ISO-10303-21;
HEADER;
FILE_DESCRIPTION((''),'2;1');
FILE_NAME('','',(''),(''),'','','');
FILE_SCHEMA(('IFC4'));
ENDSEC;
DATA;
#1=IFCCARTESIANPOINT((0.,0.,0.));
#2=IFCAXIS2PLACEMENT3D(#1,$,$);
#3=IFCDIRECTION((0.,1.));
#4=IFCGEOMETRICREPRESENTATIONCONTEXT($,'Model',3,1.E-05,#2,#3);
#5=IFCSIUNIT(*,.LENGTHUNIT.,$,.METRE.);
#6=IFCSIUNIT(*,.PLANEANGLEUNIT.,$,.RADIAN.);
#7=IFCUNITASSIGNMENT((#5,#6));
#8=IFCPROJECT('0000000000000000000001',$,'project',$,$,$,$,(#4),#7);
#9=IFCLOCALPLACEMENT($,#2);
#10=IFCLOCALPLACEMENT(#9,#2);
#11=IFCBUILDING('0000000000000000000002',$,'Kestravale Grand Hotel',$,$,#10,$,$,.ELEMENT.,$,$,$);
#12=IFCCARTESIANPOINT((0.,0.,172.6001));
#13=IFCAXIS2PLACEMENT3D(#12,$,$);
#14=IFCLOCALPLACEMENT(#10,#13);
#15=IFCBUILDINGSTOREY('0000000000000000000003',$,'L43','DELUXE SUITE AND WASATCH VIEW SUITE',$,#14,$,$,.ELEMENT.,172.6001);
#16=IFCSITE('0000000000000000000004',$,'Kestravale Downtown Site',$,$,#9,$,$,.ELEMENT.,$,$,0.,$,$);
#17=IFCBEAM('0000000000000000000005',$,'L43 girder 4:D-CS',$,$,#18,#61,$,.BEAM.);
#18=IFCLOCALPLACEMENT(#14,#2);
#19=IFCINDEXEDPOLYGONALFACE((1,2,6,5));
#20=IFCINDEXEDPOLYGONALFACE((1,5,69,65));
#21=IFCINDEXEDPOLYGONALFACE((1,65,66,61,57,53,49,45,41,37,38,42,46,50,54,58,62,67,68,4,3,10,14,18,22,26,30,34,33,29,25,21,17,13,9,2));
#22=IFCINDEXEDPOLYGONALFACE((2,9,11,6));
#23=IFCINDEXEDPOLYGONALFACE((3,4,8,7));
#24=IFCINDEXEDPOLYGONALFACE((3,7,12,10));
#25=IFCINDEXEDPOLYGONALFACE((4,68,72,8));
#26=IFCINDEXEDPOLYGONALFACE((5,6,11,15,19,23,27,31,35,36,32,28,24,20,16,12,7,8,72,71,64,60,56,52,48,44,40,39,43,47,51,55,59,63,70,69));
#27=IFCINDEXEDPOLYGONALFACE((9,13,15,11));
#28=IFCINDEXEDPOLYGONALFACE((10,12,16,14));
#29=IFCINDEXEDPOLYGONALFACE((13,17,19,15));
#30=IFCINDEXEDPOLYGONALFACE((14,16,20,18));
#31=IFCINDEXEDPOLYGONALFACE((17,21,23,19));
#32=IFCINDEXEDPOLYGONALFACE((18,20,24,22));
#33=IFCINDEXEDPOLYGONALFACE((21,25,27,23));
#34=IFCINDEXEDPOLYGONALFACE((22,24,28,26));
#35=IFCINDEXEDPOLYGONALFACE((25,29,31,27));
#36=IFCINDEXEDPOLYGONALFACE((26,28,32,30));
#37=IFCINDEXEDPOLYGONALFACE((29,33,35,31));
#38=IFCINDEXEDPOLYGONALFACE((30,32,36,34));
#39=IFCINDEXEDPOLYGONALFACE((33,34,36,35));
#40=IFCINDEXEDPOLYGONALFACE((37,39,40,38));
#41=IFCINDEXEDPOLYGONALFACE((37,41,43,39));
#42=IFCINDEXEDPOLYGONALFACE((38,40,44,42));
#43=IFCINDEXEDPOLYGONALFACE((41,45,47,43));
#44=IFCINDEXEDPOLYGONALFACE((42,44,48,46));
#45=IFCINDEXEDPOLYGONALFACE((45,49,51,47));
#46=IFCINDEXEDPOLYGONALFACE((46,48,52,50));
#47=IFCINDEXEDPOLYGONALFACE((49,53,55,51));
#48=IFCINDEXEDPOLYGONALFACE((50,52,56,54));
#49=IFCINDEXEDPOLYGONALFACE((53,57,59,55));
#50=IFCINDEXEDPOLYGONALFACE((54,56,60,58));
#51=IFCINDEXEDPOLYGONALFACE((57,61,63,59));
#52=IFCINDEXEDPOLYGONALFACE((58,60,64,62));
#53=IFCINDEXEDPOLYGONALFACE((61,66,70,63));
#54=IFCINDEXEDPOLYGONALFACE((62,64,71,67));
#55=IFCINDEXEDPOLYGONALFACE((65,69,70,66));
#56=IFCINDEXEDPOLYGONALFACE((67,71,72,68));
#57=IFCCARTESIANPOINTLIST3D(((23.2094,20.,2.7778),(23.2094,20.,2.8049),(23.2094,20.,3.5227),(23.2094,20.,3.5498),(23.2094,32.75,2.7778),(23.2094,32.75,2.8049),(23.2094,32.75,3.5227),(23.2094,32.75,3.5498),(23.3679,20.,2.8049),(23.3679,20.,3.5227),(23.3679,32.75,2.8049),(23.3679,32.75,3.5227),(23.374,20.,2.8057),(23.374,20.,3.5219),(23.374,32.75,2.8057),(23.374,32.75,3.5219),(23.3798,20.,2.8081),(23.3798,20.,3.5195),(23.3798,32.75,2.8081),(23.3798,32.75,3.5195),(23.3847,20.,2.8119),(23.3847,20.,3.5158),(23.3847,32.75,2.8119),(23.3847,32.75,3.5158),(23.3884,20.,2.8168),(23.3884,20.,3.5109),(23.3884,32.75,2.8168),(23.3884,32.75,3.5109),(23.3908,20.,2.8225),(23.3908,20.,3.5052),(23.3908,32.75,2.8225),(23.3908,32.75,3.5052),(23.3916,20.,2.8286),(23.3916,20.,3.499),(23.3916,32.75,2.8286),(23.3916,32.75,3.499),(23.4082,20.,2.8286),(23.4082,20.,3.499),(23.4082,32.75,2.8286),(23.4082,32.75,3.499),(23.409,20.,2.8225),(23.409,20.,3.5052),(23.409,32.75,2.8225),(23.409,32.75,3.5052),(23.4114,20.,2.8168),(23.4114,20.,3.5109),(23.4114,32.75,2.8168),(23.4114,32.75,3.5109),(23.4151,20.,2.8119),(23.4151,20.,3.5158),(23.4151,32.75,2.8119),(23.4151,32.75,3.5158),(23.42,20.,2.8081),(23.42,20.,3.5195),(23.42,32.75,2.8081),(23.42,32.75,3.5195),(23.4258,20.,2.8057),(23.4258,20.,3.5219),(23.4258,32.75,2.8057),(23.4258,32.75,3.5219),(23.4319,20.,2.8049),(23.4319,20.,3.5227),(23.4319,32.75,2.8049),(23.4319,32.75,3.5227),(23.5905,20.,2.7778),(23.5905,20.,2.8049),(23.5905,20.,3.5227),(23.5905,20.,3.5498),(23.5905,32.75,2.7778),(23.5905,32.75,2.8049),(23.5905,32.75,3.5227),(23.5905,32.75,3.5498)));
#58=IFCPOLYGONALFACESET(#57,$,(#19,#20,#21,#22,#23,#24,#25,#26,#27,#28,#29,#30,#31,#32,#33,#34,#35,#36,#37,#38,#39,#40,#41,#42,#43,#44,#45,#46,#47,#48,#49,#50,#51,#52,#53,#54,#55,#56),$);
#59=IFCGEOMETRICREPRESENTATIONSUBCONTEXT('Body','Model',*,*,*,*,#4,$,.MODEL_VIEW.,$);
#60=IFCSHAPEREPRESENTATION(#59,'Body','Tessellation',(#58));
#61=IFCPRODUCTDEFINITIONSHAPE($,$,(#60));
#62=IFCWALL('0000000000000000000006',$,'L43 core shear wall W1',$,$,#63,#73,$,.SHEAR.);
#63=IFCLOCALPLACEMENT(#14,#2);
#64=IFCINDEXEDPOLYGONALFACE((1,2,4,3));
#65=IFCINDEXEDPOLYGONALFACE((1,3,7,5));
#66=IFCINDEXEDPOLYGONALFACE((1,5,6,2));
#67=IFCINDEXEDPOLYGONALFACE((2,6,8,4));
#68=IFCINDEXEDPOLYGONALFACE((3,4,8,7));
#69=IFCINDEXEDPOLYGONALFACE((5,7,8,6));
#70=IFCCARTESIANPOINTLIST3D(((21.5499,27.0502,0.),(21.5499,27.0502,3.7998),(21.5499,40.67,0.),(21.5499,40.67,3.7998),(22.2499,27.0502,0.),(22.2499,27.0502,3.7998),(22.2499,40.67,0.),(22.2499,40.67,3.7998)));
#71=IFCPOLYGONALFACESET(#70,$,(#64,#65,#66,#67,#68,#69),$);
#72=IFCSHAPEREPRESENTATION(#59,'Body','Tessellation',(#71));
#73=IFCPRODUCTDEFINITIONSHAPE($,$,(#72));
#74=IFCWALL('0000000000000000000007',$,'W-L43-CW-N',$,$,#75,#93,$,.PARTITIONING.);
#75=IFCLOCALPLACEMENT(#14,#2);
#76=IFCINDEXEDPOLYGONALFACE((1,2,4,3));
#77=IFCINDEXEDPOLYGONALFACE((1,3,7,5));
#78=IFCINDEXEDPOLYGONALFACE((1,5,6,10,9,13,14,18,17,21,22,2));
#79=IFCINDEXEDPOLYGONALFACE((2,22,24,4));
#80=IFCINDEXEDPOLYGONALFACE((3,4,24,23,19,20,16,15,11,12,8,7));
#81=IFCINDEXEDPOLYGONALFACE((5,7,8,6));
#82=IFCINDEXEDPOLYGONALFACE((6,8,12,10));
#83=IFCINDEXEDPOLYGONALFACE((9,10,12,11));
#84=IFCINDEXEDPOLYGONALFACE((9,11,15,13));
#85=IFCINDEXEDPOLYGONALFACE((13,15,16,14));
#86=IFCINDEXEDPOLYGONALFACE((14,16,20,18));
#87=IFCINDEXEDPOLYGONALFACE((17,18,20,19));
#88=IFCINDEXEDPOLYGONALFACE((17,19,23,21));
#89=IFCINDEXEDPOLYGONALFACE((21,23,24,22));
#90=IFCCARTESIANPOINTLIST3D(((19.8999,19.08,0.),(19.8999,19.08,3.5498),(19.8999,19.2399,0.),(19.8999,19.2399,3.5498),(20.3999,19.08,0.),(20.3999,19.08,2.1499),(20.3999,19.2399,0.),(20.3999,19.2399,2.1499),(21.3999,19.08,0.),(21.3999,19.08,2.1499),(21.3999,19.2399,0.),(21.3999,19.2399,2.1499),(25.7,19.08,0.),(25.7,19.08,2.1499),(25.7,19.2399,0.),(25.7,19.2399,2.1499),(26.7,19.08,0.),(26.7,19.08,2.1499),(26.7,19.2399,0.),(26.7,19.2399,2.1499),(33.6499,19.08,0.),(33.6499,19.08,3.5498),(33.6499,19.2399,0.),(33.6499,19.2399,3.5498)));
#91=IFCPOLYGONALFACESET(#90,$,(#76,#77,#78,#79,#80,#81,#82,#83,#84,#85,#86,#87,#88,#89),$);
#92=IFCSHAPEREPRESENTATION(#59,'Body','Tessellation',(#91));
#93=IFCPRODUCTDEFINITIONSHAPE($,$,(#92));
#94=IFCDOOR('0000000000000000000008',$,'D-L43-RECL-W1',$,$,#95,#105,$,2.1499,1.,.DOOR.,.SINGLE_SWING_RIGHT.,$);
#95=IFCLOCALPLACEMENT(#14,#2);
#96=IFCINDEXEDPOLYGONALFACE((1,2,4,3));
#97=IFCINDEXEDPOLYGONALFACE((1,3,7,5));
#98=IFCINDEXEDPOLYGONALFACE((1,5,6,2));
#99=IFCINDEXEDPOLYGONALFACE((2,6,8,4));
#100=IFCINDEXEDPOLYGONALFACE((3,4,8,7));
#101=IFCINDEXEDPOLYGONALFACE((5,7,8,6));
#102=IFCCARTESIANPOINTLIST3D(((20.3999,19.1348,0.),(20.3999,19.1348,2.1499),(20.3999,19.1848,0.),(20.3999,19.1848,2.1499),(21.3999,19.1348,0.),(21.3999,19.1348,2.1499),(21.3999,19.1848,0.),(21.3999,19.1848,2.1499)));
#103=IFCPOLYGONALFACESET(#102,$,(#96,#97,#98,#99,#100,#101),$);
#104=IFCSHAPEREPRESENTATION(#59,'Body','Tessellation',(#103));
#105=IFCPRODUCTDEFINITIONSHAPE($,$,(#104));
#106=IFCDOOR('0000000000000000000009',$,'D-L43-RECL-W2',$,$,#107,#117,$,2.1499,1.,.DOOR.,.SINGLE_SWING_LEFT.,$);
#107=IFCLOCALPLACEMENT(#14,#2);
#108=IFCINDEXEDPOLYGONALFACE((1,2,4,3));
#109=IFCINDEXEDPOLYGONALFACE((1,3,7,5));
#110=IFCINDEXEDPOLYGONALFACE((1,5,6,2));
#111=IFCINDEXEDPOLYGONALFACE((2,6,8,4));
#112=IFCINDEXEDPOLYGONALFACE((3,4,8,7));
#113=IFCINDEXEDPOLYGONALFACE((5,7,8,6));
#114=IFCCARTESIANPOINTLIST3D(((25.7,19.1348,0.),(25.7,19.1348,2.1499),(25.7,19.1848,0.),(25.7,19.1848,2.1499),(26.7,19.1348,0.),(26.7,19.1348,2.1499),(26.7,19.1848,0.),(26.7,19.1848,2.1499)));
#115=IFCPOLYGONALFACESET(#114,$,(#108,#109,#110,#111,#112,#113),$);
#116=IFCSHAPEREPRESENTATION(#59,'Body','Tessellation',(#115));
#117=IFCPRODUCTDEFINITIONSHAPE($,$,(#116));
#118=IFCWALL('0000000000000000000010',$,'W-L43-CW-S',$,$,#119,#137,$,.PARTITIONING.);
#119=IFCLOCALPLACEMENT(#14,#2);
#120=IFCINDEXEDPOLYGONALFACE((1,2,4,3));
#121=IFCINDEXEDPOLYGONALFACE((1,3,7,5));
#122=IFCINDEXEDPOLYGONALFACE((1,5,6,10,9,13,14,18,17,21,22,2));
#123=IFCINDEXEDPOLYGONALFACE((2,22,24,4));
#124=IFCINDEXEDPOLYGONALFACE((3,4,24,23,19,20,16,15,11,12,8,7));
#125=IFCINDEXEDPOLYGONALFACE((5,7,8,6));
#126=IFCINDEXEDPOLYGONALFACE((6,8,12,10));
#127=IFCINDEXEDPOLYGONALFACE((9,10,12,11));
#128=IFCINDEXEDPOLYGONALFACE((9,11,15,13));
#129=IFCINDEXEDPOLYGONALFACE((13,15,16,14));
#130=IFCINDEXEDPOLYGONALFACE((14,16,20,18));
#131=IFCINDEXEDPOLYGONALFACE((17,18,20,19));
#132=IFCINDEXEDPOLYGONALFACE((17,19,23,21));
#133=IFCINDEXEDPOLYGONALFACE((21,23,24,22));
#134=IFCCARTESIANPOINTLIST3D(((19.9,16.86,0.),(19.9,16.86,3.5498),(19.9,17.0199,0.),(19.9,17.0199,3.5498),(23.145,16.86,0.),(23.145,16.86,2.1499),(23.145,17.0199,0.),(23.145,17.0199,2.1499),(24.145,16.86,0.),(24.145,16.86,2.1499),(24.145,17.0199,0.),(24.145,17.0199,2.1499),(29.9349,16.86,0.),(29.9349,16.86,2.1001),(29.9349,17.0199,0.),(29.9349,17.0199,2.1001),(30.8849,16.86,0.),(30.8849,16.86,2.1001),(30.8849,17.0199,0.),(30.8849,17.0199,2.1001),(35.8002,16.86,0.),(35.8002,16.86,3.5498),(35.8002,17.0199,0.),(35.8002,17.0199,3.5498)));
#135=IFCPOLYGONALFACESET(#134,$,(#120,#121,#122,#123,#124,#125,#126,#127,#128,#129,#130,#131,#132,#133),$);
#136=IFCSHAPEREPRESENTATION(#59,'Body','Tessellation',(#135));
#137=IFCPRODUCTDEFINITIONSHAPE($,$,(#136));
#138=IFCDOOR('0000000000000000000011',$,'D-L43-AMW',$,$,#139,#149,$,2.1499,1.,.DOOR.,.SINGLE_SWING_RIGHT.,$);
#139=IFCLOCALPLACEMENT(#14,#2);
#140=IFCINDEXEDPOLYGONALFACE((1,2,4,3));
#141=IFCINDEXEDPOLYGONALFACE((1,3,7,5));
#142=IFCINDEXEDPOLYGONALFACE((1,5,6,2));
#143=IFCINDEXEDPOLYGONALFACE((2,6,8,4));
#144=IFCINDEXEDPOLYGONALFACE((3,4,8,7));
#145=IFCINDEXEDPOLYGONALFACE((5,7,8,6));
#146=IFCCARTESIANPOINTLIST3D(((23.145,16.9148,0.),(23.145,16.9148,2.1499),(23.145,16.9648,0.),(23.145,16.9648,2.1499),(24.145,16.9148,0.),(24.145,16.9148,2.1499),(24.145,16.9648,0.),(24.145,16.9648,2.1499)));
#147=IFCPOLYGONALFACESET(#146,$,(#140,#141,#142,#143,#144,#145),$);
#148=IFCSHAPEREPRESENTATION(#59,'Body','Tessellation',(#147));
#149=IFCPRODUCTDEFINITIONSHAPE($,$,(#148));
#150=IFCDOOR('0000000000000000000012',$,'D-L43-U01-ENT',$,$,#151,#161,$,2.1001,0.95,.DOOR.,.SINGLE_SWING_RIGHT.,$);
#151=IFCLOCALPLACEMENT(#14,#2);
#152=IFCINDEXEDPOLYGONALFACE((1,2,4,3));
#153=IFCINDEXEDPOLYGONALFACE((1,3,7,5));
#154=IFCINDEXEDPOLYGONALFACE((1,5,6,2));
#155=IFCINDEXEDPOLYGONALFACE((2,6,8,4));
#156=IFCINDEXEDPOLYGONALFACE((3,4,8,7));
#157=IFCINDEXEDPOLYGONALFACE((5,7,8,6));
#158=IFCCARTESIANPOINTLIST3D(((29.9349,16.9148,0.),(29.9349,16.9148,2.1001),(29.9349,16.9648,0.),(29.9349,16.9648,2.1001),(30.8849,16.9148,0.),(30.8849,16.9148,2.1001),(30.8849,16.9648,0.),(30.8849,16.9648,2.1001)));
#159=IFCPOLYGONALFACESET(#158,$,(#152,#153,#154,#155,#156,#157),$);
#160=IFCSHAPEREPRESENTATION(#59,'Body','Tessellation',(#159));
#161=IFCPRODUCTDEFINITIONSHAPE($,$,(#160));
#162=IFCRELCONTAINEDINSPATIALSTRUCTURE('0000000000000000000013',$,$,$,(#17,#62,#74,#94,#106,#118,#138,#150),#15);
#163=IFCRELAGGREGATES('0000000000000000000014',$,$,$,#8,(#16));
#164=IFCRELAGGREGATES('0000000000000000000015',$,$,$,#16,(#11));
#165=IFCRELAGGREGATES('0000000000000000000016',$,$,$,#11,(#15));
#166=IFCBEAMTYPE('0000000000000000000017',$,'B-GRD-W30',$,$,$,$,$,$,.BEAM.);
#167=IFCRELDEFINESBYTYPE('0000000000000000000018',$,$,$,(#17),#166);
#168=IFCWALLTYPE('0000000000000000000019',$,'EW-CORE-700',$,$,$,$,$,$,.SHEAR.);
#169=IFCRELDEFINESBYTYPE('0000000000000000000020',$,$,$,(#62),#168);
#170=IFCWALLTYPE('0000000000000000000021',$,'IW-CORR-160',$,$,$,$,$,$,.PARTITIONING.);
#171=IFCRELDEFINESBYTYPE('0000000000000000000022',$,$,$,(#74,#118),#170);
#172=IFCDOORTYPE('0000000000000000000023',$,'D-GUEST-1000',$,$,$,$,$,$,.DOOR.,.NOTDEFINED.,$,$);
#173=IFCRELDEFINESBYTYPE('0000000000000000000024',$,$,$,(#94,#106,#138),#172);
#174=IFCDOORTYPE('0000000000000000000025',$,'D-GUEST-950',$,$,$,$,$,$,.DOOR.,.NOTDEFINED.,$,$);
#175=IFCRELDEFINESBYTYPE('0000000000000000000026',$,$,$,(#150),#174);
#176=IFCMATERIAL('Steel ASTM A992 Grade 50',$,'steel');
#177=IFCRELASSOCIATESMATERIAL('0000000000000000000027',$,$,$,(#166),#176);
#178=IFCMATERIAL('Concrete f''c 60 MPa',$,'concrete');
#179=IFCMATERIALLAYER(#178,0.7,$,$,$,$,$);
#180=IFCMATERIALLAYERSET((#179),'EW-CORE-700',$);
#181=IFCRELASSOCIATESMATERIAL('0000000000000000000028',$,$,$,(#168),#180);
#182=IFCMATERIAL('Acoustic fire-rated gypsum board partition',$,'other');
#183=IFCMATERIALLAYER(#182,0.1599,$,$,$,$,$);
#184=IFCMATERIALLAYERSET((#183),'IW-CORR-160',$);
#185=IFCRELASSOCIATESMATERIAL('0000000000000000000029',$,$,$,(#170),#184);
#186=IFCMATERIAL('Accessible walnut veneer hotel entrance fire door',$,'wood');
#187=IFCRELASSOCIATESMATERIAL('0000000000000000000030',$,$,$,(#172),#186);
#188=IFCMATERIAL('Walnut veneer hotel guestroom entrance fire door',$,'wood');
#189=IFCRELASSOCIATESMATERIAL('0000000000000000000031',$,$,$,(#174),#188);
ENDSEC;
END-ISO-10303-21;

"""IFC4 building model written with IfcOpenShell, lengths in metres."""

from ifc_helpers import new_model, si_unit, direction, frame, frame_2d, origin, origin_2d, place, context, subcontext, project, spatial, rectangle, i_section, extrude, material, layer, layer_set, material_profile, profile_set, type_object, element, fill, save


model = new_model("IFC4")

# Units and contexts
model_context = context("Model", 3, precision=1e-05, world=origin(), true_north=direction((0.0, 1.0)))
body_context = subcontext(model_context, "Body", "Model", "MODEL_VIEW")
ifc_project = project(units=[si_unit("LENGTHUNIT", "METRE"), si_unit("PLANEANGLEUNIT", "RADIAN")], contexts=[model_context])

# Site, building, storey
site_placement = place(None, origin())
site = spatial("IfcSite", under=ifc_project, at=site_placement, Name="Kestravale Downtown Site", CompositionType="ELEMENT", RefElevation=0.0)
building_placement = place(site_placement, origin())
building = spatial("IfcBuilding", under=site, at=building_placement, Name="Kestravale Grand Hotel", CompositionType="ELEMENT")
storey_placement = place(building_placement, frame((0.0, 0.0, 172.6001)))
storey = spatial("IfcBuildingStorey", under=building, at=storey_placement, Name="L43", Description="DELUXE SUITE AND WASATCH VIEW SUITE", CompositionType="ELEMENT", Elevation=172.6001)

# Beam
ifc_material_1 = material(Name="Steel ASTM A992 Grade 50", Category="steel")
ifc_material_profile_1 = material_profile(ifc_material_1, i_section(OverallWidth=0.3811, OverallDepth=0.772, WebThickness=0.0166, FlangeThickness=0.0271, FilletRadius=0.0237, at=origin_2d()))
ifc_profile_set_1 = profile_set([ifc_material_profile_1], Name="Steel ASTM A992 Grade 50")
beam_type_1 = type_object("IfcBeamType", Name="B-GRD-W30", PredefinedType="BEAM", material=ifc_profile_set_1)
beam_1_placement = place(storey_placement, frame((23.3999, 20.0, 3.1638), z_axis=(0.0, 1.0, 0.0), x_axis=(-1.0, 0.0, 0.0)))
element("IfcBeam", 1, at=beam_1_placement, inside=storey, type_object=beam_type_1, Name="L43 girder 4:D-CS", PredefinedType="BEAM", context=body_context, shape_type="SweptSolid", body=[
    extrude(i_section(OverallWidth=0.3811, OverallDepth=0.772, WebThickness=0.0166, FlangeThickness=0.0271, FilletRadius=0.0237, at=origin_2d()), origin(), (0.0, 0.0, 1.0), 12.75),
])

# Wall
ifc_material_2 = material(Name="Concrete f'c 60 MPa", Category="concrete")
ifc_layer_1 = layer(ifc_material_2, 0.7)
ifc_layer_set_1 = layer_set([ifc_layer_1], Name="EW-CORE-700")
wall_type_1 = type_object("IfcWallType", Name="EW-CORE-700", PredefinedType="SHEAR", material=ifc_layer_set_1)
wall_1_placement = place(storey_placement, frame((21.8999, 27.05, 0.0), z_axis=(0.0, 0.0, 1.0), x_axis=(0.0, 1.0, 0.0)))
element("IfcWall", 2, at=wall_1_placement, inside=storey, type_object=wall_type_1, Name="L43 core shear wall W1", PredefinedType="SHEAR", context=body_context, shape_type="SweptSolid", body=[
    extrude(rectangle(XDim=13.6199, YDim=0.7, at=frame_2d((6.8101, 0.0))), origin(), (0.0, 0.0, 1.0), 3.7998),
])

# Walls, openings, doors
ifc_material_3 = material(Name="Acoustic fire-rated gypsum board partition", Category="other")
ifc_layer_2 = layer(ifc_material_3, 0.1599)
ifc_layer_set_2 = layer_set([ifc_layer_2], Name="IW-CORR-160")
wall_type_2 = type_object("IfcWallType", Name="IW-CORR-160", PredefinedType="PARTITIONING", material=ifc_layer_set_2)
wall_2_placement = place(storey_placement, frame((19.8999, 19.1599, 0.0), z_axis=(0.0, 0.0, 1.0), x_axis=(1.0, 0.0, 0.0)))
wall_2 = element("IfcWall", 3, at=wall_2_placement, inside=storey, type_object=wall_type_2, Name="W-L43-CW-N", PredefinedType="PARTITIONING", context=body_context, shape_type="SweptSolid", body=[
    extrude(rectangle(XDim=13.75, YDim=0.1599, at=frame_2d((6.875, 0.0))), origin(), (0.0, 0.0, 1.0), 3.5498),
])
opening_1_placement = place(wall_2_placement, frame((0.5, 0.0, 0.0)))
opening_1 = element("IfcOpeningElement", 4, at=opening_1_placement, cuts=wall_2, PredefinedType="OPENING", context=body_context, shape_type="SweptSolid", body=[
    extrude(rectangle(XDim=1.0, YDim=2.1499, at=frame_2d((0.5, 1.075))), frame((0.0, 0.0898, 0.0), z_axis=(0.0, -1.0, 0.0), x_axis=(1.0, 0.0, 0.0)), (0.0, 0.0, 1.0), 0.1799),
])
opening_2_placement = place(wall_2_placement, frame((5.8, 0.0, 0.0)))
opening_2 = element("IfcOpeningElement", 5, at=opening_2_placement, cuts=wall_2, PredefinedType="OPENING", context=body_context, shape_type="SweptSolid", body=[
    extrude(rectangle(XDim=1.0, YDim=2.1499, at=frame_2d((0.5, 1.075))), frame((0.0, 0.0898, 0.0), z_axis=(0.0, -1.0, 0.0), x_axis=(1.0, 0.0, 0.0)), (0.0, 0.0, 1.0), 0.1799),
])
ifc_material_4 = material(Name="Accessible walnut veneer hotel entrance fire door", Category="wood")
door_type_1 = type_object("IfcDoorType", Name="D-GUEST-1000", OperationType="NOTDEFINED", PredefinedType="DOOR", material=ifc_material_4)
door_1_placement = place(opening_1_placement, origin())
door_1 = element("IfcDoor", 6, at=door_1_placement, inside=storey, type_object=door_type_1, Name="D-L43-RECL-W1", OperationType="SINGLE_SWING_RIGHT", OverallHeight=2.1499, OverallWidth=1.0, PredefinedType="DOOR", context=body_context, shape_type="SweptSolid", body=[
    extrude(rectangle(XDim=1.0, YDim=2.1499, at=frame_2d((0.5, 1.075))), frame((0.0, 0.0249, 0.0), z_axis=(0.0, -1.0, 0.0), x_axis=(1.0, 0.0, 0.0)), (0.0, 0.0, 1.0), 0.05),
])
fill(opening_1, door_1)
door_2_placement = place(opening_2_placement, origin())
door_2 = element("IfcDoor", 7, at=door_2_placement, inside=storey, type_object=door_type_1, Name="D-L43-RECL-W2", OperationType="SINGLE_SWING_LEFT", OverallHeight=2.1499, OverallWidth=1.0, PredefinedType="DOOR", context=body_context, shape_type="SweptSolid", body=[
    extrude(rectangle(XDim=1.0, YDim=2.1499, at=frame_2d((0.5, 1.075))), frame((0.0, 0.0249, 0.0), z_axis=(0.0, -1.0, 0.0), x_axis=(1.0, 0.0, 0.0)), (0.0, 0.0, 1.0), 0.05),
])
fill(opening_2, door_2)
wall_3_placement = place(storey_placement, frame((19.8999, 16.9399, 0.0), z_axis=(0.0, 0.0, 1.0), x_axis=(1.0, 0.0, 0.0)))
wall_3 = element("IfcWall", 8, at=wall_3_placement, inside=storey, type_object=wall_type_2, Name="W-L43-CW-S", PredefinedType="PARTITIONING", context=body_context, shape_type="SweptSolid", body=[
    extrude(rectangle(XDim=15.9001, YDim=0.1599, at=frame_2d((7.9502, 0.0))), origin(), (0.0, 0.0, 1.0), 3.5498),
])
opening_3_placement = place(wall_3_placement, frame((3.2451, 0.0, 0.0)))
opening_3 = element("IfcOpeningElement", 9, at=opening_3_placement, cuts=wall_3, PredefinedType="OPENING", context=body_context, shape_type="SweptSolid", body=[
    extrude(rectangle(XDim=1.0, YDim=2.1499, at=frame_2d((0.5, 1.075))), frame((0.0, 0.0898, 0.0), z_axis=(0.0, -1.0, 0.0), x_axis=(1.0, 0.0, 0.0)), (0.0, 0.0, 1.0), 0.1799),
])
opening_4_placement = place(wall_3_placement, frame((10.0349, 0.0, 0.0)))
opening_4 = element("IfcOpeningElement", 10, at=opening_4_placement, cuts=wall_3, PredefinedType="OPENING", context=body_context, shape_type="SweptSolid", body=[
    extrude(rectangle(XDim=0.95, YDim=2.1001, at=frame_2d((0.4751, 1.05))), frame((0.0, 0.0898, 0.0), z_axis=(0.0, -1.0, 0.0), x_axis=(1.0, 0.0, 0.0)), (0.0, 0.0, 1.0), 0.1799),
])
door_3_placement = place(opening_3_placement, origin())
door_3 = element("IfcDoor", 11, at=door_3_placement, inside=storey, type_object=door_type_1, Name="D-L43-AMW", OperationType="SINGLE_SWING_RIGHT", OverallHeight=2.1499, OverallWidth=1.0, PredefinedType="DOOR", context=body_context, shape_type="SweptSolid", body=[
    extrude(rectangle(XDim=1.0, YDim=2.1499, at=frame_2d((0.5, 1.075))), frame((0.0, 0.0249, 0.0), z_axis=(0.0, -1.0, 0.0), x_axis=(1.0, 0.0, 0.0)), (0.0, 0.0, 1.0), 0.05),
])
fill(opening_3, door_3)
ifc_material_5 = material(Name="Walnut veneer hotel guestroom entrance fire door", Category="wood")
door_type_2 = type_object("IfcDoorType", Name="D-GUEST-950", OperationType="NOTDEFINED", PredefinedType="DOOR", material=ifc_material_5)
door_4_placement = place(opening_4_placement, origin())
door_4 = element("IfcDoor", 12, at=door_4_placement, inside=storey, type_object=door_type_2, Name="D-L43-U01-ENT", OperationType="SINGLE_SWING_RIGHT", OverallHeight=2.1001, OverallWidth=0.95, PredefinedType="DOOR", context=body_context, shape_type="SweptSolid", body=[
    extrude(rectangle(XDim=0.95, YDim=2.1001, at=frame_2d((0.4751, 1.05))), frame((0.0, 0.0249, 0.0), z_axis=(0.0, -1.0, 0.0), x_axis=(1.0, 0.0, 0.0)), (0.0, 0.0, 1.0), 0.05),
])
fill(opening_4, door_4)

save(model, "model.ifc")
